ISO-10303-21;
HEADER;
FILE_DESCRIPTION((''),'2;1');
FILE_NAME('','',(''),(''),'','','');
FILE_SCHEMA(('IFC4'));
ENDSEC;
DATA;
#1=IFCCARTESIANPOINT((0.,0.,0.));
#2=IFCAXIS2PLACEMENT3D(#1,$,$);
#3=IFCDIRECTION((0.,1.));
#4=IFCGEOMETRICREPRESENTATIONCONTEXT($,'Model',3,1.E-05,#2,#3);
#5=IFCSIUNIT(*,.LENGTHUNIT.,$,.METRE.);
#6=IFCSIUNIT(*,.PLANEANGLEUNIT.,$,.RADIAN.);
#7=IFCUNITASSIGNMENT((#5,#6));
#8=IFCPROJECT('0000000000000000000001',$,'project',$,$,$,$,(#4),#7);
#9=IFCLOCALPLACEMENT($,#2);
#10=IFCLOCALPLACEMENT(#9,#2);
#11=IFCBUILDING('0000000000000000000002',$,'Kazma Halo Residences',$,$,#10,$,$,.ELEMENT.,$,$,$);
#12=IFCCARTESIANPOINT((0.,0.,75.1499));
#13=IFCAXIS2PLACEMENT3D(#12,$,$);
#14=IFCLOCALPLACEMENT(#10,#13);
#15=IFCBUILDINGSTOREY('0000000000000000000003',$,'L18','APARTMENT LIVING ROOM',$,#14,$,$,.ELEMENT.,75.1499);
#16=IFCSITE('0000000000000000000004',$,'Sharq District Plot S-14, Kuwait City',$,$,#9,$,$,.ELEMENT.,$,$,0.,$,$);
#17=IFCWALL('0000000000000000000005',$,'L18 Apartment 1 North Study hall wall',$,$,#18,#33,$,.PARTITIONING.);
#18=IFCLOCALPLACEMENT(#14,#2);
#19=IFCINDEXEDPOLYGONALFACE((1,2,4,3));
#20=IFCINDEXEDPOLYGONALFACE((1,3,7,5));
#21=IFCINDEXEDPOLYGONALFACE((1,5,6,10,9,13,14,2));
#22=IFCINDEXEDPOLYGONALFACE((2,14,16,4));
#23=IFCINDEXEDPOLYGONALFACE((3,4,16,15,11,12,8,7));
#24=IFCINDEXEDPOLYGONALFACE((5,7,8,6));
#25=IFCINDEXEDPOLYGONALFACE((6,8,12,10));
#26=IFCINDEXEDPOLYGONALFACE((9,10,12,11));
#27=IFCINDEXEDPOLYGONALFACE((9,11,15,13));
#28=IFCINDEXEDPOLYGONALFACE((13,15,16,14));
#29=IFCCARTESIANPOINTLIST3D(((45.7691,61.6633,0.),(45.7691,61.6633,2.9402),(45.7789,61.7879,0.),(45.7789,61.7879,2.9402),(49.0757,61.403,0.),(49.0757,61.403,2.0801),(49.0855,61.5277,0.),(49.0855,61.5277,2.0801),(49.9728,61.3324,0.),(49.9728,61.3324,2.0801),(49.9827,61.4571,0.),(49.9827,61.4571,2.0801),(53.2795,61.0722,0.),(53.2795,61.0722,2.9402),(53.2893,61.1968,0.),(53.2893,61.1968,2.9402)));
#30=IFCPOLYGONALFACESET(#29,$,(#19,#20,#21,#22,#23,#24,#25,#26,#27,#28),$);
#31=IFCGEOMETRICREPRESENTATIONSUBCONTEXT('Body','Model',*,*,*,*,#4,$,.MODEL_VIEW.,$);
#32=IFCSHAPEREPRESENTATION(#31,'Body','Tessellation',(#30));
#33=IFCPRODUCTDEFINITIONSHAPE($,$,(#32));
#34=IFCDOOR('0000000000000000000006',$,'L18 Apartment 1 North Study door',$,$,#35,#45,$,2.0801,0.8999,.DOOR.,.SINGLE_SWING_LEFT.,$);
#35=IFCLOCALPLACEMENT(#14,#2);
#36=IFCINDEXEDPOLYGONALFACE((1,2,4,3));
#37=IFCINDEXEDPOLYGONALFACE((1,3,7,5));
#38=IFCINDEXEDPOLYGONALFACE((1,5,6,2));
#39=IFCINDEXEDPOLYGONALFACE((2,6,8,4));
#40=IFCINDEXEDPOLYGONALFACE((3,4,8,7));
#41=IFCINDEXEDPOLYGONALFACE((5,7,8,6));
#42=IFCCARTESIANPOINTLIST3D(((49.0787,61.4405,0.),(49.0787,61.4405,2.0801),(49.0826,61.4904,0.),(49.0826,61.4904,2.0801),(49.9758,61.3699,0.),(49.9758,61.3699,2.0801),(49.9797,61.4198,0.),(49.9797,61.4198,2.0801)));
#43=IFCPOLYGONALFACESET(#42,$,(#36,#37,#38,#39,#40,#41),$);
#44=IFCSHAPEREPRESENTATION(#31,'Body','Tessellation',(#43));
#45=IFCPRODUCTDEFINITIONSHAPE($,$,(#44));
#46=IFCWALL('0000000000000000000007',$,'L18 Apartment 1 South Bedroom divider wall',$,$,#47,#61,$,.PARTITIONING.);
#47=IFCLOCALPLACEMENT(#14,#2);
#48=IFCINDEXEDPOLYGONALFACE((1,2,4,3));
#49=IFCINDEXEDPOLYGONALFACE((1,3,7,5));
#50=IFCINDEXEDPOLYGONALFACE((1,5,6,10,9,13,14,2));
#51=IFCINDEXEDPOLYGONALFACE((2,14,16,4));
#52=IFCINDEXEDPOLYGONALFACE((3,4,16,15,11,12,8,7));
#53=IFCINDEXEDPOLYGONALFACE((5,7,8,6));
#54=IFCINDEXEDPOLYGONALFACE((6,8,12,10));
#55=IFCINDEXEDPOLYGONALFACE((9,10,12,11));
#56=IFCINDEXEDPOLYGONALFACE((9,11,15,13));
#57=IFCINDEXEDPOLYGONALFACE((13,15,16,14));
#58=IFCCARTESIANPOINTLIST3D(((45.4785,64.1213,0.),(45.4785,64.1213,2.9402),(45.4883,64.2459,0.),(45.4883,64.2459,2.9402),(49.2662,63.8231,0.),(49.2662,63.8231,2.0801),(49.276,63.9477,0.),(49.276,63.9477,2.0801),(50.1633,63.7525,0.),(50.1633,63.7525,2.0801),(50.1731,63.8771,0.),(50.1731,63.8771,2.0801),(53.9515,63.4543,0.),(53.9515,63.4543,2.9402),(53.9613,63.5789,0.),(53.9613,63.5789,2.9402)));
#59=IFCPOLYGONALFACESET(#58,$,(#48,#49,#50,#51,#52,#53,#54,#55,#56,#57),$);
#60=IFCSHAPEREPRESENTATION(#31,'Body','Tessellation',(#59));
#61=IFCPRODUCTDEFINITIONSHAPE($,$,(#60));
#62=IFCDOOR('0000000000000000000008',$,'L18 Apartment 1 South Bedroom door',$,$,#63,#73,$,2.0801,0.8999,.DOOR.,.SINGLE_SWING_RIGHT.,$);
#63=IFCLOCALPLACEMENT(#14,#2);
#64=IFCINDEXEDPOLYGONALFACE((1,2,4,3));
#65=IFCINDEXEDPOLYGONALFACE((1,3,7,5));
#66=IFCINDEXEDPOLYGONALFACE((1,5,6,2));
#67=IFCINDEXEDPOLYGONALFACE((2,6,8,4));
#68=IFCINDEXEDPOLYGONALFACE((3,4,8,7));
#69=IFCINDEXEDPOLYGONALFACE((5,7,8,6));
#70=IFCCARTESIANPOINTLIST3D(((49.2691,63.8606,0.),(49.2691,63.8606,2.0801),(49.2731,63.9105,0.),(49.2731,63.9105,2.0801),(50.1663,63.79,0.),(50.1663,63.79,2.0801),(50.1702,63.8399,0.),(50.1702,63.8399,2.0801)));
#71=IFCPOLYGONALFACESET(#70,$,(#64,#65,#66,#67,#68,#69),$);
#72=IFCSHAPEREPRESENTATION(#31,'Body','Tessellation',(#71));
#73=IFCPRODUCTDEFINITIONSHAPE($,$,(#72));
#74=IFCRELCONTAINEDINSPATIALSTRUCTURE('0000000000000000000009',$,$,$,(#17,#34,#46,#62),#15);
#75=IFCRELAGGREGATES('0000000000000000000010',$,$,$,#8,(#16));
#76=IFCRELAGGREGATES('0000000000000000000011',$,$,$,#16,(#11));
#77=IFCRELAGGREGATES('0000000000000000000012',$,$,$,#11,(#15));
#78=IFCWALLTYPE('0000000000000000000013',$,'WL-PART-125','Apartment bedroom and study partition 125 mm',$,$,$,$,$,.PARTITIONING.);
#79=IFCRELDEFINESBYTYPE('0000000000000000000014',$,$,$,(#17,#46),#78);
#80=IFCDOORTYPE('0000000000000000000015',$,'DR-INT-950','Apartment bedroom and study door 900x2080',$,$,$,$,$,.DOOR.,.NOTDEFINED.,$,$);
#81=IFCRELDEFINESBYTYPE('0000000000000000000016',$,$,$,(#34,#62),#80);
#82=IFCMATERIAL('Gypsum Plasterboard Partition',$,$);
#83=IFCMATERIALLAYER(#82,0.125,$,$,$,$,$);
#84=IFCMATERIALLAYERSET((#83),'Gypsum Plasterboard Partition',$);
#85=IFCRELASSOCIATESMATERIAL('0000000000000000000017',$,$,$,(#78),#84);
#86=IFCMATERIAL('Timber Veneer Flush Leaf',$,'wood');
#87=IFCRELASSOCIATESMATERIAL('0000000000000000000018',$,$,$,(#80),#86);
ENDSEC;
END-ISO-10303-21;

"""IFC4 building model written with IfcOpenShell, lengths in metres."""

from ifc_helpers import new_model, si_unit, direction, frame, frame_2d, origin, place, context, subcontext, project, spatial, rectangle, extrude, material, layer, layer_set, type_object, element, fill, save


model = new_model("IFC4")

# Units and contexts
model_context = context("Model", 3, precision=1e-05, world=origin(), true_north=direction((0.0, 1.0)))
body_context = subcontext(model_context, "Body", "Model", "MODEL_VIEW")
ifc_project = project(units=[si_unit("LENGTHUNIT", "METRE"), si_unit("PLANEANGLEUNIT", "RADIAN")], contexts=[model_context])

# Site, building, storey
site_placement = place(None, origin())
site = spatial("IfcSite", under=ifc_project, at=site_placement, Name="Sharq District Plot S-14, Kuwait City", CompositionType="ELEMENT", RefElevation=0.0)
building_placement = place(site_placement, origin())
building = spatial("IfcBuilding", under=site, at=building_placement, Name="Kazma Halo Residences", CompositionType="ELEMENT")
storey_placement = place(building_placement, frame((0.0, 0.0, 75.1499)))
storey = spatial("IfcBuildingStorey", under=building, at=storey_placement, Name="L18", Description="APARTMENT LIVING ROOM", CompositionType="ELEMENT", Elevation=75.1499)

# Shared definitions
ifc_material_1 = material(Name="Gypsum Plasterboard Partition")
ifc_layer_1 = layer(ifc_material_1, 0.125)
ifc_layer_set_1 = layer_set([ifc_layer_1], Name="Gypsum Plasterboard Partition")
wall_type_1 = type_object("IfcWallType", Name="WL-PART-125", Description="Apartment bedroom and study partition 125 mm", PredefinedType="PARTITIONING", material=ifc_layer_set_1)

# Shared definitions
ifc_material_2 = material(Name="Timber Veneer Flush Leaf", Category="wood")
door_type = type_object("IfcDoorType", Name="DR-INT-950", Description="Apartment bedroom and study door 900x2080", OperationType="NOTDEFINED", PredefinedType="DOOR", material=ifc_material_2)

# Walls, openings, doors
wall_1_placement = place(storey_placement, frame((53.2844, 61.1345, 0.0), z_axis=(0.0, 0.0, 1.0), x_axis=(-0.996918, 0.078456, 0.0)))
wall_1 = element("IfcWall", 1, at=wall_1_placement, inside=storey, type_object=wall_type_1, Name="L18 Apartment 1 North Study hall wall", PredefinedType="PARTITIONING", context=body_context, shape_type="SweptSolid", body=[
    extrude(rectangle(XDim=7.5337, YDim=0.125, at=frame_2d((3.7668, 0.0))), origin(), (0.0, 0.0, 1.0), 2.9402),
])
opening_1_placement = place(wall_1_placement, frame((3.3169, 0.0, 0.0)))
opening_1 = element("IfcOpeningElement", 2, at=opening_1_placement, cuts=wall_1, PredefinedType="OPENING", context=body_context, shape_type="SweptSolid", body=[
    extrude(rectangle(XDim=0.8999, YDim=2.0801, at=frame_2d((0.45, 1.04))), frame((0.0, 0.0725, 0.0), z_axis=(0.0, -1.0, 0.0), x_axis=(1.0, 0.0, 0.0)), (0.0, 0.0, 1.0), 0.145),
])
door_1_placement = place(opening_1_placement, origin())
door_1 = element("IfcDoor", 3, at=door_1_placement, inside=storey, type_object=door_type, Name="L18 Apartment 1 North Study door", OperationType="SINGLE_SWING_LEFT", OverallHeight=2.0801, OverallWidth=0.8999, PredefinedType="DOOR", context=body_context, shape_type="SweptSolid", body=[
    extrude(rectangle(XDim=0.8999, YDim=2.0801, at=frame_2d((0.45, 1.04))), frame((0.0, 0.0249, 0.0), z_axis=(0.0, -1.0, 0.0), x_axis=(1.0, 0.0, 0.0)), (0.0, 0.0, 1.0), 0.05),
])
fill(opening_1, door_1)
wall_2_placement = place(storey_placement, frame((53.9563, 63.5166, 0.0), z_axis=(0.0, 0.0, 1.0), x_axis=(-0.996916, 0.078476, 0.0)))
wall_2 = element("IfcWall", 4, at=wall_2_placement, inside=storey, type_object=wall_type_1, Name="L18 Apartment 1 South Bedroom divider wall", PredefinedType="PARTITIONING", context=body_context, shape_type="SweptSolid", body=[
    extrude(rectangle(XDim=8.4993, YDim=0.125, at=frame_2d((4.2495, 0.0))), origin(), (0.0, 0.0, 1.0), 2.9402),
])
opening_2_placement = place(wall_2_placement, frame((3.7998, 0.0, 0.0)))
opening_2 = element("IfcOpeningElement", 5, at=opening_2_placement, cuts=wall_2, PredefinedType="OPENING", context=body_context, shape_type="SweptSolid", body=[
    extrude(rectangle(XDim=0.8999, YDim=2.0801, at=frame_2d((0.45, 1.04))), frame((0.0, 0.0725, 0.0), z_axis=(0.0, -1.0, 0.0), x_axis=(1.0, 0.0, 0.0)), (0.0, 0.0, 1.0), 0.145),
])
door_2_placement = place(opening_2_placement, origin())
door_2 = element("IfcDoor", 6, at=door_2_placement, inside=storey, type_object=door_type, Name="L18 Apartment 1 South Bedroom door", OperationType="SINGLE_SWING_RIGHT", OverallHeight=2.0801, OverallWidth=0.8999, PredefinedType="DOOR", context=body_context, shape_type="SweptSolid", body=[
    extrude(rectangle(XDim=0.8999, YDim=2.0801, at=frame_2d((0.45, 1.04))), frame((0.0, 0.0249, 0.0), z_axis=(0.0, -1.0, 0.0), x_axis=(1.0, 0.0, 0.0)), (0.0, 0.0, 1.0), 0.05),
])
fill(opening_2, door_2)

save(model, "model.ifc")
